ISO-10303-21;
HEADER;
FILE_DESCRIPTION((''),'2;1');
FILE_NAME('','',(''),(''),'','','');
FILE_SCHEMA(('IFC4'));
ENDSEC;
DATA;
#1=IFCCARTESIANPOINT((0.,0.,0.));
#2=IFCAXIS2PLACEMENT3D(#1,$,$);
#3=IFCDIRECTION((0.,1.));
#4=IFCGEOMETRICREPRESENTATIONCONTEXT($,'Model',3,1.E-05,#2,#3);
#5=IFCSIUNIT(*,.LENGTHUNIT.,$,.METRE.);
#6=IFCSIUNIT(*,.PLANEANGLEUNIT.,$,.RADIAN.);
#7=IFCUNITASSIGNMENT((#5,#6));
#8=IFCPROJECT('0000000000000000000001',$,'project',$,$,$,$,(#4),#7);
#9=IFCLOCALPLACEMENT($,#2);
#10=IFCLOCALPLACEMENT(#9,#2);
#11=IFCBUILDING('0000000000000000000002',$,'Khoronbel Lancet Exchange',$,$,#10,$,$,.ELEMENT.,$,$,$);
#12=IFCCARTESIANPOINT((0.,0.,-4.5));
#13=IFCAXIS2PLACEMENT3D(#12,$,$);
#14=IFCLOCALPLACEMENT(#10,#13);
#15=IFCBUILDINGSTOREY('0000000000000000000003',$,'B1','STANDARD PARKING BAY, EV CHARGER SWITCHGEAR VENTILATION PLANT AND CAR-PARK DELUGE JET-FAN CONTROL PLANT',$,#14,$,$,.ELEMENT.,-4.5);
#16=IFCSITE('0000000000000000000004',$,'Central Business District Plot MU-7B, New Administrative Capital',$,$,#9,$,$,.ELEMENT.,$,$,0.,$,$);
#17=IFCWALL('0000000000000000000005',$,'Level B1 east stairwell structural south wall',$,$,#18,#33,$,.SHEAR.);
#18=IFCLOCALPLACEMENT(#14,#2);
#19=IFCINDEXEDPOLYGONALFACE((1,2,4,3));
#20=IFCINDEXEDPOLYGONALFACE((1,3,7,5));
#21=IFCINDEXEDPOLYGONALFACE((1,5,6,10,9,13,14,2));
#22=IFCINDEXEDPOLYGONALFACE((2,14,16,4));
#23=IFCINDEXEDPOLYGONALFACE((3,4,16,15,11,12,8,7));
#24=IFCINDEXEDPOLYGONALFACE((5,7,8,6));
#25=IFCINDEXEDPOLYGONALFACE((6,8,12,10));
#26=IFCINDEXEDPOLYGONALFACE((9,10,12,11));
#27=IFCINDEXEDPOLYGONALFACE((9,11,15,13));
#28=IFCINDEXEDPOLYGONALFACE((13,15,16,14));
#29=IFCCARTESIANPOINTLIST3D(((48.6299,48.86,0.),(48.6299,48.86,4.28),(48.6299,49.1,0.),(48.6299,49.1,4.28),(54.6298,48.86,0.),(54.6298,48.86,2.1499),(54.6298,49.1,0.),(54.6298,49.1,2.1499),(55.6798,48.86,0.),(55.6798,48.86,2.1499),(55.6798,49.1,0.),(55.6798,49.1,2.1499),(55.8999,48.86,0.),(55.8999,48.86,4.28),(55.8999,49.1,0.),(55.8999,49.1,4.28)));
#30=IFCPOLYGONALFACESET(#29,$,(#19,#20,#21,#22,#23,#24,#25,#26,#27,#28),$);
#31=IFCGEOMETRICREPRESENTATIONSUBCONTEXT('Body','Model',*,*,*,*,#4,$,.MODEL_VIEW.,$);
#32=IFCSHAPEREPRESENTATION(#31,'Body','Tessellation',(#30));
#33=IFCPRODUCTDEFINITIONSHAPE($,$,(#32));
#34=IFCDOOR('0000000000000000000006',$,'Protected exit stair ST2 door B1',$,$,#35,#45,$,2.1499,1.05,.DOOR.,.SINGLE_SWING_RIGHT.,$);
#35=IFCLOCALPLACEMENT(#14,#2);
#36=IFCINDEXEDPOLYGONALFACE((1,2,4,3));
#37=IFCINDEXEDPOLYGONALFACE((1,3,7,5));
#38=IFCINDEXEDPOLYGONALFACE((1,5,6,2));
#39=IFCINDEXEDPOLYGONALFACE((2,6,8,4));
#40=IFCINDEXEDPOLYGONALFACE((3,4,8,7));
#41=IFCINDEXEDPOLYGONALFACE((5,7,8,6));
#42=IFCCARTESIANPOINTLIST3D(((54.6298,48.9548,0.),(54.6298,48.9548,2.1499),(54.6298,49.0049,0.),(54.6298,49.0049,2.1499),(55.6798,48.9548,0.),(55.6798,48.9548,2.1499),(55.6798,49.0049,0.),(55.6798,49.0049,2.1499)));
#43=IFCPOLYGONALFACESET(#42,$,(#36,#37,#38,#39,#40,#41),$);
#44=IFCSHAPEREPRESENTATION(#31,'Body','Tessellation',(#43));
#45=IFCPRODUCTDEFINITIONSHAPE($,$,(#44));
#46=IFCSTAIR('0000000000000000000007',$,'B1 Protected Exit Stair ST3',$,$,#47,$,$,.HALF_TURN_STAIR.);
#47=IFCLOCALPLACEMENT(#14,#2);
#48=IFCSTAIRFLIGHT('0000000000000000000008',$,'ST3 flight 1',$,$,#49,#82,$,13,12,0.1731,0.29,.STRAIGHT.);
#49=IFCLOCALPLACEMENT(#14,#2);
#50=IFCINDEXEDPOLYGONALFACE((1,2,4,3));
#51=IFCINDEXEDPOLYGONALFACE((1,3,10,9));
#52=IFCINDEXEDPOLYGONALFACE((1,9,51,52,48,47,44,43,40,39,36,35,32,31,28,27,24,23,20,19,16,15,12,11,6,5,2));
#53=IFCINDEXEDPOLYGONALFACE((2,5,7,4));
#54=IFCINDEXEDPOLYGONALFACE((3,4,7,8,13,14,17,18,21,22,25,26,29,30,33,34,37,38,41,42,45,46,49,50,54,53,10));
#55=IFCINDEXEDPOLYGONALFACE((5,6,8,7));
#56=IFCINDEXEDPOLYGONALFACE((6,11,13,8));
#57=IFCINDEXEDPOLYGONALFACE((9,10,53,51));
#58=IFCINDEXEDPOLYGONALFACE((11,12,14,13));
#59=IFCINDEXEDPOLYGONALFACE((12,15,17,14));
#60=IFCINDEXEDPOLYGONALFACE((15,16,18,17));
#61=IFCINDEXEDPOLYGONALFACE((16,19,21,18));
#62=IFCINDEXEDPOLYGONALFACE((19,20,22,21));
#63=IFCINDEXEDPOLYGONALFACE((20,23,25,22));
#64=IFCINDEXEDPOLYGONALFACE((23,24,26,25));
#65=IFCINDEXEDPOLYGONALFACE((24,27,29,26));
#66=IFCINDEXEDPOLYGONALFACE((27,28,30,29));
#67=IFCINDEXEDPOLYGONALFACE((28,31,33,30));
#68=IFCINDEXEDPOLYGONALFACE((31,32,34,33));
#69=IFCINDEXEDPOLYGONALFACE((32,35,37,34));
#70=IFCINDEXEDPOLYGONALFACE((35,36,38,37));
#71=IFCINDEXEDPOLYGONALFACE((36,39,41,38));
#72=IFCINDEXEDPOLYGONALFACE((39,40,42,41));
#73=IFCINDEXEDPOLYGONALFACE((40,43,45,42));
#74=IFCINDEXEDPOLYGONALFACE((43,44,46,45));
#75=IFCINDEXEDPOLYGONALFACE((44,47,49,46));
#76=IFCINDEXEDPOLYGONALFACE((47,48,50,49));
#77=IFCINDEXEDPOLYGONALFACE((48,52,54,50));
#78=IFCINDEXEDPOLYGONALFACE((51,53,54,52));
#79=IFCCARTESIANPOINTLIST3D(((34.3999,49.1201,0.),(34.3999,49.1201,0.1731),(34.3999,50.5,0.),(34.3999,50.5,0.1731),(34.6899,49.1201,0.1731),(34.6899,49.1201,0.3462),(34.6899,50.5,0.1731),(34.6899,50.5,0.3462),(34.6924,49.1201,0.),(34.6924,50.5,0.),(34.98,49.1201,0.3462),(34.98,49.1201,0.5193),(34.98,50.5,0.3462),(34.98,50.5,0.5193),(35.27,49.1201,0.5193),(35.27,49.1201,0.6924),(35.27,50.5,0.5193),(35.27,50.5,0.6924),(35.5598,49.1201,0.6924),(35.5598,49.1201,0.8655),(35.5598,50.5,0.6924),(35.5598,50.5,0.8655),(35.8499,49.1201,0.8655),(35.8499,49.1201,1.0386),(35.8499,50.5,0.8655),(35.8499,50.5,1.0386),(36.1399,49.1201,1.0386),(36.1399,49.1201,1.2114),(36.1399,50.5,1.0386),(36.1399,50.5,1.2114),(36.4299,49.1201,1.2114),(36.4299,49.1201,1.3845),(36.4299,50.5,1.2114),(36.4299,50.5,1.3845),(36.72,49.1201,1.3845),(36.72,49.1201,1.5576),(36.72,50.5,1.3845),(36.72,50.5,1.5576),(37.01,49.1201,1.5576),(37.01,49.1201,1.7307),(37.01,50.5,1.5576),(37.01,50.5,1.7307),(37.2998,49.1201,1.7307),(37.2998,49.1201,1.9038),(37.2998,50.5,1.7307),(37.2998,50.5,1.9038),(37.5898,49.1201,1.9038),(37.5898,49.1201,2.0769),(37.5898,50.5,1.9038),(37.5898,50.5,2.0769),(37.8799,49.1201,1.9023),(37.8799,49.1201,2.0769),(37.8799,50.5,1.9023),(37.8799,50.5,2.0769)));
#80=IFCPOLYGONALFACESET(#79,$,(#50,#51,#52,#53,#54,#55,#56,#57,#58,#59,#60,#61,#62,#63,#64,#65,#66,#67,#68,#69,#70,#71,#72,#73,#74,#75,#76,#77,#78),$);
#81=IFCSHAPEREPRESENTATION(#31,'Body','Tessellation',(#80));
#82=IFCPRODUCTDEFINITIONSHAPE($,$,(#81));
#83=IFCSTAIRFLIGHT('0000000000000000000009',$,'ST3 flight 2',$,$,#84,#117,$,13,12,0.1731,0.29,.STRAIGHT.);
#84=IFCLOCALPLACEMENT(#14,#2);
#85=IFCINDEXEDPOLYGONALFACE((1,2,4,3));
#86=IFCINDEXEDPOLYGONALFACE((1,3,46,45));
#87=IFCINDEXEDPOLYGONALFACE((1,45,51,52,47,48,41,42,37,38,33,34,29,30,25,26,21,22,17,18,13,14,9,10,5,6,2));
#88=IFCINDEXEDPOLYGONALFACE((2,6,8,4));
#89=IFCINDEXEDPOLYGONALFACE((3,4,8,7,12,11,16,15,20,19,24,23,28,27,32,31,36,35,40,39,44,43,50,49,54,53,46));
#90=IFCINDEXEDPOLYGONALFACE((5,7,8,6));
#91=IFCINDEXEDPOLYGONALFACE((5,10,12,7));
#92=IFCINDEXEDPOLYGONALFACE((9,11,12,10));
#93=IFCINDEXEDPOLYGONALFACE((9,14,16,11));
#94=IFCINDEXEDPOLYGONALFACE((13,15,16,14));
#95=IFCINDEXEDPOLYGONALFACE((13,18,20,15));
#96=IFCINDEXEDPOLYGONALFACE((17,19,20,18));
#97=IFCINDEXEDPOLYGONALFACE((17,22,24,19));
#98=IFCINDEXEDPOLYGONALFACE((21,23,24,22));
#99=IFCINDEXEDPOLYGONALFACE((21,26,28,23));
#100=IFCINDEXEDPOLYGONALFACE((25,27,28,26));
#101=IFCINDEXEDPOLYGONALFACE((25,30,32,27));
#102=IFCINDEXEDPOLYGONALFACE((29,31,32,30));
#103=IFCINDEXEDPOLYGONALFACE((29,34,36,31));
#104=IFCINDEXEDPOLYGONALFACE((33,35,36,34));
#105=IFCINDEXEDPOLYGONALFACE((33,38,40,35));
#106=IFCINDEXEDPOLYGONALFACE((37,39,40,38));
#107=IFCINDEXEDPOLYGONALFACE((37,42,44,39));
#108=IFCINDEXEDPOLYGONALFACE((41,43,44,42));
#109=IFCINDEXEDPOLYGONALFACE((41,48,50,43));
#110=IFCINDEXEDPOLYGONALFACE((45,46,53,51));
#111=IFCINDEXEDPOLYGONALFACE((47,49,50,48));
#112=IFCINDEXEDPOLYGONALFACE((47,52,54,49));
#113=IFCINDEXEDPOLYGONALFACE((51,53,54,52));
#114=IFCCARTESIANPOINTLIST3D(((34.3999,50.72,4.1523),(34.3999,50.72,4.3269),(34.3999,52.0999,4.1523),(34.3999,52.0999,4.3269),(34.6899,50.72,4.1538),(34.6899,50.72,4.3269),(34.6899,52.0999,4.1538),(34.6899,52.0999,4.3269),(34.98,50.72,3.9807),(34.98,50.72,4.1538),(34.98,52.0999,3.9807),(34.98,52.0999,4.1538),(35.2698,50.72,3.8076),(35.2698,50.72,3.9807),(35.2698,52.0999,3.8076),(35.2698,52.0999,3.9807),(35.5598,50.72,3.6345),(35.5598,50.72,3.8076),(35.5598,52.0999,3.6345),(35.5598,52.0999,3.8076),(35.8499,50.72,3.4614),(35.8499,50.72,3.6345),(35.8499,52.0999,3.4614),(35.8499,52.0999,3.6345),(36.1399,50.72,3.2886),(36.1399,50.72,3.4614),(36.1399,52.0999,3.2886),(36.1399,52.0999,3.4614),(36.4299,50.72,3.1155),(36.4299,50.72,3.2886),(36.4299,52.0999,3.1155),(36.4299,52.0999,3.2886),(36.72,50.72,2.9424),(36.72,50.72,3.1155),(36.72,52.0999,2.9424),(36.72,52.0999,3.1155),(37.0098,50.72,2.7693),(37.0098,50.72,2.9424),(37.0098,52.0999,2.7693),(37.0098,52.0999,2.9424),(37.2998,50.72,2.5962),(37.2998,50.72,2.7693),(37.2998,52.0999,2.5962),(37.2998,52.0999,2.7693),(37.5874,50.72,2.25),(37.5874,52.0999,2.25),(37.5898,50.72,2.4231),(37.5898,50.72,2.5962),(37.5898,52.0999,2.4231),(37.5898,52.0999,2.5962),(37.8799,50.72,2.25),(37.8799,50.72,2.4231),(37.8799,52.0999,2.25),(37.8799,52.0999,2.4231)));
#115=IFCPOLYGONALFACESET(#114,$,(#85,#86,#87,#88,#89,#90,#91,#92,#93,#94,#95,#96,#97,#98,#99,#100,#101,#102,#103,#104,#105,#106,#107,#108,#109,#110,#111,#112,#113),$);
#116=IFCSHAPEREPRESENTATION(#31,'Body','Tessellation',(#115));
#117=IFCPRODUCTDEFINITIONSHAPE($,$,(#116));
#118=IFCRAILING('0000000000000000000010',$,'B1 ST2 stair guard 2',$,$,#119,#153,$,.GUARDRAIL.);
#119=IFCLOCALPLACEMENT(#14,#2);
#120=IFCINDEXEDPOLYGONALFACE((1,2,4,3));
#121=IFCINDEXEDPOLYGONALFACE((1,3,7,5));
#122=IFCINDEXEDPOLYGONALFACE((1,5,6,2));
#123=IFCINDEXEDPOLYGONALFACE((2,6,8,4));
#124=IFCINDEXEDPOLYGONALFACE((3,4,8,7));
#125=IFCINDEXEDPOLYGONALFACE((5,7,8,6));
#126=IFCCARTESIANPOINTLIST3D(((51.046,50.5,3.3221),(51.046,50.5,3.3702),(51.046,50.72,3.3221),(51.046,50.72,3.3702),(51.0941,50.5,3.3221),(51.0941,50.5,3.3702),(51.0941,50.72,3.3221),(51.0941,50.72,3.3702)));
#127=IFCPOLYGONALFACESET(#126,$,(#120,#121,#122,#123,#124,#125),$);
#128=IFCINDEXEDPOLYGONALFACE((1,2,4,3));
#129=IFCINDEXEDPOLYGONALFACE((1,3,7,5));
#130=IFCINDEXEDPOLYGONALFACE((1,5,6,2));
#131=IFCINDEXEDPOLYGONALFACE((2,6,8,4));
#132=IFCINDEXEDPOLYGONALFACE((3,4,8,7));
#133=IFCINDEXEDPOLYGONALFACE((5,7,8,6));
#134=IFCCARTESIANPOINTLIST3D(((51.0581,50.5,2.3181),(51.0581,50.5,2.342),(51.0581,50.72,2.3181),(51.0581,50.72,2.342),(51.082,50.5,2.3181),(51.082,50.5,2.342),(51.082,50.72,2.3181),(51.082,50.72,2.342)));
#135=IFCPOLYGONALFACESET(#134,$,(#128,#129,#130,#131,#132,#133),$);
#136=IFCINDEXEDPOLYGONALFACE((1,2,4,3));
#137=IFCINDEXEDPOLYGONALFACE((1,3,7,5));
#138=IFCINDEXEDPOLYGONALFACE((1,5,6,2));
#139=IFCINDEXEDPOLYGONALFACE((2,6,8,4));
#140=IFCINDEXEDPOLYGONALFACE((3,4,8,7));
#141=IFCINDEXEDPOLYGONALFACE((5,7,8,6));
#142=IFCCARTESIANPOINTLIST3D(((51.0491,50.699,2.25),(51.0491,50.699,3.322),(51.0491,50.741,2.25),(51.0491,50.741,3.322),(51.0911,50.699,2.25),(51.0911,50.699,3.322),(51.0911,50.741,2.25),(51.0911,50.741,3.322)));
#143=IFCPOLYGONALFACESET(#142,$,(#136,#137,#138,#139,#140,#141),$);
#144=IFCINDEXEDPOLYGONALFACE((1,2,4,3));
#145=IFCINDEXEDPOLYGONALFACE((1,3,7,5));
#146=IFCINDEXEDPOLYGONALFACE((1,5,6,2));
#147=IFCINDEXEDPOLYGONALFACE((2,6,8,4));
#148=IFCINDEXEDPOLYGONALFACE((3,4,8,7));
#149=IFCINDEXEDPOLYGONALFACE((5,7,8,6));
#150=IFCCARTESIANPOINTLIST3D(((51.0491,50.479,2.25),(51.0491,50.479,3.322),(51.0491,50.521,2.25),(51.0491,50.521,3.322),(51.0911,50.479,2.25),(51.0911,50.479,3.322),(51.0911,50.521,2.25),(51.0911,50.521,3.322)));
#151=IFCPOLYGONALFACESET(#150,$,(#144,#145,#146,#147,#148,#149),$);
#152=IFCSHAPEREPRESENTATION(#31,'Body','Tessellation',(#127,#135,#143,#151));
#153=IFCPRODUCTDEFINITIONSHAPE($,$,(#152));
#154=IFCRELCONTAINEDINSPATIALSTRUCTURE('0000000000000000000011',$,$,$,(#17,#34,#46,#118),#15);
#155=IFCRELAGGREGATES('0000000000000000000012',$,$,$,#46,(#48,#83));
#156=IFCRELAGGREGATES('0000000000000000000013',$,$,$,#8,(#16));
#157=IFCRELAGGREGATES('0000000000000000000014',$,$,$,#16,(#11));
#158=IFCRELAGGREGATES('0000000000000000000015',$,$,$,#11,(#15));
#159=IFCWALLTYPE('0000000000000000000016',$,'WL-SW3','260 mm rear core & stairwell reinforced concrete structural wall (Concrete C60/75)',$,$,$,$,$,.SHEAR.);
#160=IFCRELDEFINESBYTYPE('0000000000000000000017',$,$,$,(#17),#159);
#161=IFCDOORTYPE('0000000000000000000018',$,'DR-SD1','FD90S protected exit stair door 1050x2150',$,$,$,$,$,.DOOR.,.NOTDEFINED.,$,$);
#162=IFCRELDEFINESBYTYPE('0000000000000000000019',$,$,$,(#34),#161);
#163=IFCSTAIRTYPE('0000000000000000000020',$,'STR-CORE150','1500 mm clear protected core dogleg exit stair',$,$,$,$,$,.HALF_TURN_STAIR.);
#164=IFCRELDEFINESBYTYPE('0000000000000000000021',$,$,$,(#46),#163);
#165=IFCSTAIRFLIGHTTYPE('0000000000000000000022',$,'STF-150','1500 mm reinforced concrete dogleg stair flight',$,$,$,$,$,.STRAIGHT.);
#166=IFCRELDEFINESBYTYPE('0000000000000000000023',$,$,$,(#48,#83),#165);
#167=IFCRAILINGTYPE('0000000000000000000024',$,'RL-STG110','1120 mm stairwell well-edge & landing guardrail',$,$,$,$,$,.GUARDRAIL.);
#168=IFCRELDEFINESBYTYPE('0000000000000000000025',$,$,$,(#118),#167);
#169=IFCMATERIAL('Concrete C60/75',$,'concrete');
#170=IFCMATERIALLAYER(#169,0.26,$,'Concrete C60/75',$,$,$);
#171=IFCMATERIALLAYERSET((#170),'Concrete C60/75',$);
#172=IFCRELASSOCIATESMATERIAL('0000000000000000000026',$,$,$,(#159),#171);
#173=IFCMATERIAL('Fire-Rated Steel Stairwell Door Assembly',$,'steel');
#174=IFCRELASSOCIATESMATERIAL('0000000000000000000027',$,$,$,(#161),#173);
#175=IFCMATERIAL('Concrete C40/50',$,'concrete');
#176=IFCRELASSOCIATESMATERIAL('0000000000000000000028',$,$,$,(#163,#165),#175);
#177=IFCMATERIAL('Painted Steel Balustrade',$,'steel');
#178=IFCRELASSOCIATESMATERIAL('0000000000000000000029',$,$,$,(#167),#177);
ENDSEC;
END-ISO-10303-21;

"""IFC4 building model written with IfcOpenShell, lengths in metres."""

from ifc_helpers import new_model, si_unit, direction, frame, frame_2d, origin, origin_2d, place, context, subcontext, project, spatial, polyline, rectangle, outline, extrude, material, layer, layer_set, type_object, element, fill, aggregate, save


model = new_model("IFC4")

# Units and contexts
model_context = context("Model", 3, precision=1e-05, world=origin(), true_north=direction((0.0, 1.0)))
body_context = subcontext(model_context, "Body", "Model", "MODEL_VIEW")
ifc_project = project(units=[si_unit("LENGTHUNIT", "METRE"), si_unit("PLANEANGLEUNIT", "RADIAN")], contexts=[model_context])

# Site, building, storey
site_placement = place(None, origin())
site = spatial("IfcSite", under=ifc_project, at=site_placement, Name="Central Business District Plot MU-7B, New Administrative Capital", CompositionType="ELEMENT", RefElevation=0.0)
building_placement = place(site_placement, origin())
building = spatial("IfcBuilding", under=site, at=building_placement, Name="Khoronbel Lancet Exchange", CompositionType="ELEMENT")
storey_placement = place(building_placement, frame((0.0, 0.0, -4.5)))
storey = spatial("IfcBuildingStorey", under=building, at=storey_placement, Name="B1", Description="STANDARD PARKING BAY, EV CHARGER SWITCHGEAR VENTILATION PLANT AND CAR-PARK DELUGE JET-FAN CONTROL PLANT", CompositionType="ELEMENT", Elevation=-4.5)

# Shared definitions
ifc_material_1 = material(Name="Concrete C60/75", Category="concrete")
ifc_layer_1 = layer(ifc_material_1, 0.26, Name="Concrete C60/75")
ifc_layer_set_1 = layer_set([ifc_layer_1], Name="Concrete C60/75")
wall_type_1 = type_object("IfcWallType", Name="WL-SW3", Description="260 mm rear core & stairwell reinforced concrete structural wall (Concrete C60/75)", PredefinedType="SHEAR", material=ifc_layer_set_1)

# Wall, opening, door
wall_1_placement = place(storey_placement, frame((48.6299, 48.98, 0.0), z_axis=(0.0, 0.0, 1.0), x_axis=(1.0, 0.0, 0.0)))
wall_1 = element("IfcWall", 1, at=wall_1_placement, inside=storey, type_object=wall_type_1, Name="Level B1 east stairwell structural south wall", PredefinedType="SHEAR", context=body_context, shape_type="SweptSolid", body=[
    extrude(rectangle(XDim=7.27, YDim=0.24, at=frame_2d((3.635, 0.0))), origin(), (0.0, 0.0, 1.0), 4.28),
])
opening_1_placement = place(wall_1_placement, frame((6.0, 0.0, 0.0)))
opening_1 = element("IfcOpeningElement", 2, at=opening_1_placement, cuts=wall_1, PredefinedType="OPENING", context=body_context, shape_type="SweptSolid", body=[
    extrude(rectangle(XDim=1.05, YDim=2.1499, at=frame_2d((0.5249, 1.075))), frame((0.0, 0.1299, 0.0), z_axis=(0.0, -1.0, 0.0), x_axis=(1.0, 0.0, 0.0)), (0.0, 0.0, 1.0), 0.26),
])
ifc_material_2 = material(Name="Fire-Rated Steel Stairwell Door Assembly", Category="steel")
door_type_1 = type_object("IfcDoorType", Name="DR-SD1", Description="FD90S protected exit stair door 1050x2150", OperationType="NOTDEFINED", PredefinedType="DOOR", material=ifc_material_2)
door_1_placement = place(opening_1_placement, origin())
door_1 = element("IfcDoor", 3, at=door_1_placement, inside=storey, type_object=door_type_1, Name="Protected exit stair ST2 door B1", OperationType="SINGLE_SWING_RIGHT", OverallHeight=2.1499, OverallWidth=1.05, PredefinedType="DOOR", context=body_context, shape_type="SweptSolid", body=[
    extrude(rectangle(XDim=1.05, YDim=2.1499, at=frame_2d((0.5249, 1.075))), frame((0.0, 0.0249, 0.0), z_axis=(0.0, -1.0, 0.0), x_axis=(1.0, 0.0, 0.0)), (0.0, 0.0, 1.0), 0.05),
])
fill(opening_1, door_1)

# Stair, stair flights
ifc_material_3 = material(Name="Concrete C40/50", Category="concrete")
stair_type = type_object("IfcStairType", Name="STR-CORE150", Description="1500 mm clear protected core dogleg exit stair", PredefinedType="HALF_TURN_STAIR", material=ifc_material_3)
stair_placement = place(storey_placement, origin())
stair = element("IfcStair", 4, at=stair_placement, inside=storey, type_object=stair_type, Name="B1 Protected Exit Stair ST3", PredefinedType="HALF_TURN_STAIR")
stair_flight_type = type_object("IfcStairFlightType", Name="STF-150", Description="1500 mm reinforced concrete dogleg stair flight", PredefinedType="STRAIGHT", material=ifc_material_3)
stair_flight_1_placement = place(storey_placement, frame((34.3999, 49.8101, 0.0), z_axis=(0.0, 0.0, 1.0), x_axis=(1.0, 0.0, 0.0)))
stair_flight_1 = element("IfcStairFlight", 5, at=stair_flight_1_placement, type_object=stair_flight_type, Name="ST3 flight 1", NumberOfRisers=13, NumberOfTreads=12, PredefinedType="STRAIGHT", RiserHeight=0.1731, TreadLength=0.29, context=body_context, shape_type="SweptSolid", body=[
    extrude(outline(polyline([(0.0, 0.0), (0.0, 0.1731), (0.29, 0.1731), (0.29, 0.3462), (0.5801, 0.3462), (0.5801, 0.5193), (0.8701, 0.5193), (0.8701, 0.6924), (1.1599, 0.6924), (1.1599, 0.8655), (1.45, 0.8655), (1.45, 1.0386), (1.74, 1.0386), (1.74, 1.2114), (2.03, 1.2114), (2.03, 1.3845), (2.3201, 1.3845), (2.3201, 1.5576), (2.6101, 1.5576), (2.6101, 1.7307), (2.8999, 1.7307), (2.8999, 1.9038), (3.1899, 1.9038), (3.1899, 2.0769), (3.48, 2.0769), (3.48, 2.25), (3.48, 1.9023), (0.2925, 0.0), (0.0, 0.0)])), frame((0.0, 0.6899, 0.0), z_axis=(0.0, -1.0, 0.0), x_axis=(1.0, 0.0, 0.0)), (0.0, 0.0, 1.0), 1.3799),
])
stair_flight_2_placement = place(storey_placement, frame((37.8799, 51.4099, 2.25), z_axis=(0.0, 0.0, 1.0), x_axis=(-1.0, 0.0, 0.0)))
stair_flight_2 = element("IfcStairFlight", 6, at=stair_flight_2_placement, type_object=stair_flight_type, Name="ST3 flight 2", NumberOfRisers=13, NumberOfTreads=12, PredefinedType="STRAIGHT", RiserHeight=0.1731, TreadLength=0.29, context=body_context, shape_type="SweptSolid", body=[
    extrude(outline(polyline([(0.0, 0.0), (0.0, 0.1731), (0.29, 0.1731), (0.29, 0.3462), (0.5801, 0.3462), (0.5801, 0.5193), (0.8701, 0.5193), (0.8701, 0.6924), (1.1599, 0.6924), (1.1599, 0.8655), (1.45, 0.8655), (1.45, 1.0386), (1.74, 1.0386), (1.74, 1.2114), (2.03, 1.2114), (2.03, 1.3845), (2.3201, 1.3845), (2.3201, 1.5576), (2.6101, 1.5576), (2.6101, 1.7307), (2.8999, 1.7307), (2.8999, 1.9038), (3.1899, 1.9038), (3.1899, 2.0769), (3.48, 2.0769), (3.48, 2.25), (3.48, 1.9023), (0.2925, 0.0), (0.0, 0.0)])), frame((0.0, 0.6899, 0.0), z_axis=(0.0, -1.0, 0.0), x_axis=(1.0, 0.0, 0.0)), (0.0, 0.0, 1.0), 1.3799),
])
aggregate(stair, [stair_flight_1, stair_flight_2])

# Railing
ifc_material_4 = material(Name="Painted Steel Balustrade", Category="steel")
railing_type_1 = type_object("IfcRailingType", Name="RL-STG110", Description="1120 mm stairwell well-edge & landing guardrail", PredefinedType="GUARDRAIL", material=ifc_material_4)
railing_1_placement = place(storey_placement, frame((51.0701, 50.72, 2.25)))
element("IfcRailing", 7, at=railing_1_placement, inside=storey, type_object=railing_type_1, Name="B1 ST2 stair guard 2", PredefinedType="GUARDRAIL", context=body_context, shape_type="SweptSolid", body=[
    extrude(rectangle(XDim=0.0481, YDim=0.0481, at=origin_2d()), frame((0.0, 0.0, 1.0962), z_axis=(0.0, -1.0, 0.0), x_axis=(1.0, 0.0, 0.0)), (0.0, 0.0, 1.0), 0.22),
    extrude(rectangle(XDim=0.0239, YDim=0.0239, at=origin_2d()), frame((0.0, 0.0, 0.0801), z_axis=(0.0, -1.0, 0.0), x_axis=(1.0, 0.0, 0.0)), (0.0, 0.0, 1.0), 0.22),
    extrude(rectangle(XDim=0.042, YDim=0.042, at=origin_2d()), origin(), (0.0, 0.0, 1.0), 1.072),
    extrude(rectangle(XDim=0.042, YDim=0.042, at=origin_2d()), frame((0.0, -0.22, 0.0)), (0.0, 0.0, 1.0), 1.072),
])

save(model, "model.ifc")
